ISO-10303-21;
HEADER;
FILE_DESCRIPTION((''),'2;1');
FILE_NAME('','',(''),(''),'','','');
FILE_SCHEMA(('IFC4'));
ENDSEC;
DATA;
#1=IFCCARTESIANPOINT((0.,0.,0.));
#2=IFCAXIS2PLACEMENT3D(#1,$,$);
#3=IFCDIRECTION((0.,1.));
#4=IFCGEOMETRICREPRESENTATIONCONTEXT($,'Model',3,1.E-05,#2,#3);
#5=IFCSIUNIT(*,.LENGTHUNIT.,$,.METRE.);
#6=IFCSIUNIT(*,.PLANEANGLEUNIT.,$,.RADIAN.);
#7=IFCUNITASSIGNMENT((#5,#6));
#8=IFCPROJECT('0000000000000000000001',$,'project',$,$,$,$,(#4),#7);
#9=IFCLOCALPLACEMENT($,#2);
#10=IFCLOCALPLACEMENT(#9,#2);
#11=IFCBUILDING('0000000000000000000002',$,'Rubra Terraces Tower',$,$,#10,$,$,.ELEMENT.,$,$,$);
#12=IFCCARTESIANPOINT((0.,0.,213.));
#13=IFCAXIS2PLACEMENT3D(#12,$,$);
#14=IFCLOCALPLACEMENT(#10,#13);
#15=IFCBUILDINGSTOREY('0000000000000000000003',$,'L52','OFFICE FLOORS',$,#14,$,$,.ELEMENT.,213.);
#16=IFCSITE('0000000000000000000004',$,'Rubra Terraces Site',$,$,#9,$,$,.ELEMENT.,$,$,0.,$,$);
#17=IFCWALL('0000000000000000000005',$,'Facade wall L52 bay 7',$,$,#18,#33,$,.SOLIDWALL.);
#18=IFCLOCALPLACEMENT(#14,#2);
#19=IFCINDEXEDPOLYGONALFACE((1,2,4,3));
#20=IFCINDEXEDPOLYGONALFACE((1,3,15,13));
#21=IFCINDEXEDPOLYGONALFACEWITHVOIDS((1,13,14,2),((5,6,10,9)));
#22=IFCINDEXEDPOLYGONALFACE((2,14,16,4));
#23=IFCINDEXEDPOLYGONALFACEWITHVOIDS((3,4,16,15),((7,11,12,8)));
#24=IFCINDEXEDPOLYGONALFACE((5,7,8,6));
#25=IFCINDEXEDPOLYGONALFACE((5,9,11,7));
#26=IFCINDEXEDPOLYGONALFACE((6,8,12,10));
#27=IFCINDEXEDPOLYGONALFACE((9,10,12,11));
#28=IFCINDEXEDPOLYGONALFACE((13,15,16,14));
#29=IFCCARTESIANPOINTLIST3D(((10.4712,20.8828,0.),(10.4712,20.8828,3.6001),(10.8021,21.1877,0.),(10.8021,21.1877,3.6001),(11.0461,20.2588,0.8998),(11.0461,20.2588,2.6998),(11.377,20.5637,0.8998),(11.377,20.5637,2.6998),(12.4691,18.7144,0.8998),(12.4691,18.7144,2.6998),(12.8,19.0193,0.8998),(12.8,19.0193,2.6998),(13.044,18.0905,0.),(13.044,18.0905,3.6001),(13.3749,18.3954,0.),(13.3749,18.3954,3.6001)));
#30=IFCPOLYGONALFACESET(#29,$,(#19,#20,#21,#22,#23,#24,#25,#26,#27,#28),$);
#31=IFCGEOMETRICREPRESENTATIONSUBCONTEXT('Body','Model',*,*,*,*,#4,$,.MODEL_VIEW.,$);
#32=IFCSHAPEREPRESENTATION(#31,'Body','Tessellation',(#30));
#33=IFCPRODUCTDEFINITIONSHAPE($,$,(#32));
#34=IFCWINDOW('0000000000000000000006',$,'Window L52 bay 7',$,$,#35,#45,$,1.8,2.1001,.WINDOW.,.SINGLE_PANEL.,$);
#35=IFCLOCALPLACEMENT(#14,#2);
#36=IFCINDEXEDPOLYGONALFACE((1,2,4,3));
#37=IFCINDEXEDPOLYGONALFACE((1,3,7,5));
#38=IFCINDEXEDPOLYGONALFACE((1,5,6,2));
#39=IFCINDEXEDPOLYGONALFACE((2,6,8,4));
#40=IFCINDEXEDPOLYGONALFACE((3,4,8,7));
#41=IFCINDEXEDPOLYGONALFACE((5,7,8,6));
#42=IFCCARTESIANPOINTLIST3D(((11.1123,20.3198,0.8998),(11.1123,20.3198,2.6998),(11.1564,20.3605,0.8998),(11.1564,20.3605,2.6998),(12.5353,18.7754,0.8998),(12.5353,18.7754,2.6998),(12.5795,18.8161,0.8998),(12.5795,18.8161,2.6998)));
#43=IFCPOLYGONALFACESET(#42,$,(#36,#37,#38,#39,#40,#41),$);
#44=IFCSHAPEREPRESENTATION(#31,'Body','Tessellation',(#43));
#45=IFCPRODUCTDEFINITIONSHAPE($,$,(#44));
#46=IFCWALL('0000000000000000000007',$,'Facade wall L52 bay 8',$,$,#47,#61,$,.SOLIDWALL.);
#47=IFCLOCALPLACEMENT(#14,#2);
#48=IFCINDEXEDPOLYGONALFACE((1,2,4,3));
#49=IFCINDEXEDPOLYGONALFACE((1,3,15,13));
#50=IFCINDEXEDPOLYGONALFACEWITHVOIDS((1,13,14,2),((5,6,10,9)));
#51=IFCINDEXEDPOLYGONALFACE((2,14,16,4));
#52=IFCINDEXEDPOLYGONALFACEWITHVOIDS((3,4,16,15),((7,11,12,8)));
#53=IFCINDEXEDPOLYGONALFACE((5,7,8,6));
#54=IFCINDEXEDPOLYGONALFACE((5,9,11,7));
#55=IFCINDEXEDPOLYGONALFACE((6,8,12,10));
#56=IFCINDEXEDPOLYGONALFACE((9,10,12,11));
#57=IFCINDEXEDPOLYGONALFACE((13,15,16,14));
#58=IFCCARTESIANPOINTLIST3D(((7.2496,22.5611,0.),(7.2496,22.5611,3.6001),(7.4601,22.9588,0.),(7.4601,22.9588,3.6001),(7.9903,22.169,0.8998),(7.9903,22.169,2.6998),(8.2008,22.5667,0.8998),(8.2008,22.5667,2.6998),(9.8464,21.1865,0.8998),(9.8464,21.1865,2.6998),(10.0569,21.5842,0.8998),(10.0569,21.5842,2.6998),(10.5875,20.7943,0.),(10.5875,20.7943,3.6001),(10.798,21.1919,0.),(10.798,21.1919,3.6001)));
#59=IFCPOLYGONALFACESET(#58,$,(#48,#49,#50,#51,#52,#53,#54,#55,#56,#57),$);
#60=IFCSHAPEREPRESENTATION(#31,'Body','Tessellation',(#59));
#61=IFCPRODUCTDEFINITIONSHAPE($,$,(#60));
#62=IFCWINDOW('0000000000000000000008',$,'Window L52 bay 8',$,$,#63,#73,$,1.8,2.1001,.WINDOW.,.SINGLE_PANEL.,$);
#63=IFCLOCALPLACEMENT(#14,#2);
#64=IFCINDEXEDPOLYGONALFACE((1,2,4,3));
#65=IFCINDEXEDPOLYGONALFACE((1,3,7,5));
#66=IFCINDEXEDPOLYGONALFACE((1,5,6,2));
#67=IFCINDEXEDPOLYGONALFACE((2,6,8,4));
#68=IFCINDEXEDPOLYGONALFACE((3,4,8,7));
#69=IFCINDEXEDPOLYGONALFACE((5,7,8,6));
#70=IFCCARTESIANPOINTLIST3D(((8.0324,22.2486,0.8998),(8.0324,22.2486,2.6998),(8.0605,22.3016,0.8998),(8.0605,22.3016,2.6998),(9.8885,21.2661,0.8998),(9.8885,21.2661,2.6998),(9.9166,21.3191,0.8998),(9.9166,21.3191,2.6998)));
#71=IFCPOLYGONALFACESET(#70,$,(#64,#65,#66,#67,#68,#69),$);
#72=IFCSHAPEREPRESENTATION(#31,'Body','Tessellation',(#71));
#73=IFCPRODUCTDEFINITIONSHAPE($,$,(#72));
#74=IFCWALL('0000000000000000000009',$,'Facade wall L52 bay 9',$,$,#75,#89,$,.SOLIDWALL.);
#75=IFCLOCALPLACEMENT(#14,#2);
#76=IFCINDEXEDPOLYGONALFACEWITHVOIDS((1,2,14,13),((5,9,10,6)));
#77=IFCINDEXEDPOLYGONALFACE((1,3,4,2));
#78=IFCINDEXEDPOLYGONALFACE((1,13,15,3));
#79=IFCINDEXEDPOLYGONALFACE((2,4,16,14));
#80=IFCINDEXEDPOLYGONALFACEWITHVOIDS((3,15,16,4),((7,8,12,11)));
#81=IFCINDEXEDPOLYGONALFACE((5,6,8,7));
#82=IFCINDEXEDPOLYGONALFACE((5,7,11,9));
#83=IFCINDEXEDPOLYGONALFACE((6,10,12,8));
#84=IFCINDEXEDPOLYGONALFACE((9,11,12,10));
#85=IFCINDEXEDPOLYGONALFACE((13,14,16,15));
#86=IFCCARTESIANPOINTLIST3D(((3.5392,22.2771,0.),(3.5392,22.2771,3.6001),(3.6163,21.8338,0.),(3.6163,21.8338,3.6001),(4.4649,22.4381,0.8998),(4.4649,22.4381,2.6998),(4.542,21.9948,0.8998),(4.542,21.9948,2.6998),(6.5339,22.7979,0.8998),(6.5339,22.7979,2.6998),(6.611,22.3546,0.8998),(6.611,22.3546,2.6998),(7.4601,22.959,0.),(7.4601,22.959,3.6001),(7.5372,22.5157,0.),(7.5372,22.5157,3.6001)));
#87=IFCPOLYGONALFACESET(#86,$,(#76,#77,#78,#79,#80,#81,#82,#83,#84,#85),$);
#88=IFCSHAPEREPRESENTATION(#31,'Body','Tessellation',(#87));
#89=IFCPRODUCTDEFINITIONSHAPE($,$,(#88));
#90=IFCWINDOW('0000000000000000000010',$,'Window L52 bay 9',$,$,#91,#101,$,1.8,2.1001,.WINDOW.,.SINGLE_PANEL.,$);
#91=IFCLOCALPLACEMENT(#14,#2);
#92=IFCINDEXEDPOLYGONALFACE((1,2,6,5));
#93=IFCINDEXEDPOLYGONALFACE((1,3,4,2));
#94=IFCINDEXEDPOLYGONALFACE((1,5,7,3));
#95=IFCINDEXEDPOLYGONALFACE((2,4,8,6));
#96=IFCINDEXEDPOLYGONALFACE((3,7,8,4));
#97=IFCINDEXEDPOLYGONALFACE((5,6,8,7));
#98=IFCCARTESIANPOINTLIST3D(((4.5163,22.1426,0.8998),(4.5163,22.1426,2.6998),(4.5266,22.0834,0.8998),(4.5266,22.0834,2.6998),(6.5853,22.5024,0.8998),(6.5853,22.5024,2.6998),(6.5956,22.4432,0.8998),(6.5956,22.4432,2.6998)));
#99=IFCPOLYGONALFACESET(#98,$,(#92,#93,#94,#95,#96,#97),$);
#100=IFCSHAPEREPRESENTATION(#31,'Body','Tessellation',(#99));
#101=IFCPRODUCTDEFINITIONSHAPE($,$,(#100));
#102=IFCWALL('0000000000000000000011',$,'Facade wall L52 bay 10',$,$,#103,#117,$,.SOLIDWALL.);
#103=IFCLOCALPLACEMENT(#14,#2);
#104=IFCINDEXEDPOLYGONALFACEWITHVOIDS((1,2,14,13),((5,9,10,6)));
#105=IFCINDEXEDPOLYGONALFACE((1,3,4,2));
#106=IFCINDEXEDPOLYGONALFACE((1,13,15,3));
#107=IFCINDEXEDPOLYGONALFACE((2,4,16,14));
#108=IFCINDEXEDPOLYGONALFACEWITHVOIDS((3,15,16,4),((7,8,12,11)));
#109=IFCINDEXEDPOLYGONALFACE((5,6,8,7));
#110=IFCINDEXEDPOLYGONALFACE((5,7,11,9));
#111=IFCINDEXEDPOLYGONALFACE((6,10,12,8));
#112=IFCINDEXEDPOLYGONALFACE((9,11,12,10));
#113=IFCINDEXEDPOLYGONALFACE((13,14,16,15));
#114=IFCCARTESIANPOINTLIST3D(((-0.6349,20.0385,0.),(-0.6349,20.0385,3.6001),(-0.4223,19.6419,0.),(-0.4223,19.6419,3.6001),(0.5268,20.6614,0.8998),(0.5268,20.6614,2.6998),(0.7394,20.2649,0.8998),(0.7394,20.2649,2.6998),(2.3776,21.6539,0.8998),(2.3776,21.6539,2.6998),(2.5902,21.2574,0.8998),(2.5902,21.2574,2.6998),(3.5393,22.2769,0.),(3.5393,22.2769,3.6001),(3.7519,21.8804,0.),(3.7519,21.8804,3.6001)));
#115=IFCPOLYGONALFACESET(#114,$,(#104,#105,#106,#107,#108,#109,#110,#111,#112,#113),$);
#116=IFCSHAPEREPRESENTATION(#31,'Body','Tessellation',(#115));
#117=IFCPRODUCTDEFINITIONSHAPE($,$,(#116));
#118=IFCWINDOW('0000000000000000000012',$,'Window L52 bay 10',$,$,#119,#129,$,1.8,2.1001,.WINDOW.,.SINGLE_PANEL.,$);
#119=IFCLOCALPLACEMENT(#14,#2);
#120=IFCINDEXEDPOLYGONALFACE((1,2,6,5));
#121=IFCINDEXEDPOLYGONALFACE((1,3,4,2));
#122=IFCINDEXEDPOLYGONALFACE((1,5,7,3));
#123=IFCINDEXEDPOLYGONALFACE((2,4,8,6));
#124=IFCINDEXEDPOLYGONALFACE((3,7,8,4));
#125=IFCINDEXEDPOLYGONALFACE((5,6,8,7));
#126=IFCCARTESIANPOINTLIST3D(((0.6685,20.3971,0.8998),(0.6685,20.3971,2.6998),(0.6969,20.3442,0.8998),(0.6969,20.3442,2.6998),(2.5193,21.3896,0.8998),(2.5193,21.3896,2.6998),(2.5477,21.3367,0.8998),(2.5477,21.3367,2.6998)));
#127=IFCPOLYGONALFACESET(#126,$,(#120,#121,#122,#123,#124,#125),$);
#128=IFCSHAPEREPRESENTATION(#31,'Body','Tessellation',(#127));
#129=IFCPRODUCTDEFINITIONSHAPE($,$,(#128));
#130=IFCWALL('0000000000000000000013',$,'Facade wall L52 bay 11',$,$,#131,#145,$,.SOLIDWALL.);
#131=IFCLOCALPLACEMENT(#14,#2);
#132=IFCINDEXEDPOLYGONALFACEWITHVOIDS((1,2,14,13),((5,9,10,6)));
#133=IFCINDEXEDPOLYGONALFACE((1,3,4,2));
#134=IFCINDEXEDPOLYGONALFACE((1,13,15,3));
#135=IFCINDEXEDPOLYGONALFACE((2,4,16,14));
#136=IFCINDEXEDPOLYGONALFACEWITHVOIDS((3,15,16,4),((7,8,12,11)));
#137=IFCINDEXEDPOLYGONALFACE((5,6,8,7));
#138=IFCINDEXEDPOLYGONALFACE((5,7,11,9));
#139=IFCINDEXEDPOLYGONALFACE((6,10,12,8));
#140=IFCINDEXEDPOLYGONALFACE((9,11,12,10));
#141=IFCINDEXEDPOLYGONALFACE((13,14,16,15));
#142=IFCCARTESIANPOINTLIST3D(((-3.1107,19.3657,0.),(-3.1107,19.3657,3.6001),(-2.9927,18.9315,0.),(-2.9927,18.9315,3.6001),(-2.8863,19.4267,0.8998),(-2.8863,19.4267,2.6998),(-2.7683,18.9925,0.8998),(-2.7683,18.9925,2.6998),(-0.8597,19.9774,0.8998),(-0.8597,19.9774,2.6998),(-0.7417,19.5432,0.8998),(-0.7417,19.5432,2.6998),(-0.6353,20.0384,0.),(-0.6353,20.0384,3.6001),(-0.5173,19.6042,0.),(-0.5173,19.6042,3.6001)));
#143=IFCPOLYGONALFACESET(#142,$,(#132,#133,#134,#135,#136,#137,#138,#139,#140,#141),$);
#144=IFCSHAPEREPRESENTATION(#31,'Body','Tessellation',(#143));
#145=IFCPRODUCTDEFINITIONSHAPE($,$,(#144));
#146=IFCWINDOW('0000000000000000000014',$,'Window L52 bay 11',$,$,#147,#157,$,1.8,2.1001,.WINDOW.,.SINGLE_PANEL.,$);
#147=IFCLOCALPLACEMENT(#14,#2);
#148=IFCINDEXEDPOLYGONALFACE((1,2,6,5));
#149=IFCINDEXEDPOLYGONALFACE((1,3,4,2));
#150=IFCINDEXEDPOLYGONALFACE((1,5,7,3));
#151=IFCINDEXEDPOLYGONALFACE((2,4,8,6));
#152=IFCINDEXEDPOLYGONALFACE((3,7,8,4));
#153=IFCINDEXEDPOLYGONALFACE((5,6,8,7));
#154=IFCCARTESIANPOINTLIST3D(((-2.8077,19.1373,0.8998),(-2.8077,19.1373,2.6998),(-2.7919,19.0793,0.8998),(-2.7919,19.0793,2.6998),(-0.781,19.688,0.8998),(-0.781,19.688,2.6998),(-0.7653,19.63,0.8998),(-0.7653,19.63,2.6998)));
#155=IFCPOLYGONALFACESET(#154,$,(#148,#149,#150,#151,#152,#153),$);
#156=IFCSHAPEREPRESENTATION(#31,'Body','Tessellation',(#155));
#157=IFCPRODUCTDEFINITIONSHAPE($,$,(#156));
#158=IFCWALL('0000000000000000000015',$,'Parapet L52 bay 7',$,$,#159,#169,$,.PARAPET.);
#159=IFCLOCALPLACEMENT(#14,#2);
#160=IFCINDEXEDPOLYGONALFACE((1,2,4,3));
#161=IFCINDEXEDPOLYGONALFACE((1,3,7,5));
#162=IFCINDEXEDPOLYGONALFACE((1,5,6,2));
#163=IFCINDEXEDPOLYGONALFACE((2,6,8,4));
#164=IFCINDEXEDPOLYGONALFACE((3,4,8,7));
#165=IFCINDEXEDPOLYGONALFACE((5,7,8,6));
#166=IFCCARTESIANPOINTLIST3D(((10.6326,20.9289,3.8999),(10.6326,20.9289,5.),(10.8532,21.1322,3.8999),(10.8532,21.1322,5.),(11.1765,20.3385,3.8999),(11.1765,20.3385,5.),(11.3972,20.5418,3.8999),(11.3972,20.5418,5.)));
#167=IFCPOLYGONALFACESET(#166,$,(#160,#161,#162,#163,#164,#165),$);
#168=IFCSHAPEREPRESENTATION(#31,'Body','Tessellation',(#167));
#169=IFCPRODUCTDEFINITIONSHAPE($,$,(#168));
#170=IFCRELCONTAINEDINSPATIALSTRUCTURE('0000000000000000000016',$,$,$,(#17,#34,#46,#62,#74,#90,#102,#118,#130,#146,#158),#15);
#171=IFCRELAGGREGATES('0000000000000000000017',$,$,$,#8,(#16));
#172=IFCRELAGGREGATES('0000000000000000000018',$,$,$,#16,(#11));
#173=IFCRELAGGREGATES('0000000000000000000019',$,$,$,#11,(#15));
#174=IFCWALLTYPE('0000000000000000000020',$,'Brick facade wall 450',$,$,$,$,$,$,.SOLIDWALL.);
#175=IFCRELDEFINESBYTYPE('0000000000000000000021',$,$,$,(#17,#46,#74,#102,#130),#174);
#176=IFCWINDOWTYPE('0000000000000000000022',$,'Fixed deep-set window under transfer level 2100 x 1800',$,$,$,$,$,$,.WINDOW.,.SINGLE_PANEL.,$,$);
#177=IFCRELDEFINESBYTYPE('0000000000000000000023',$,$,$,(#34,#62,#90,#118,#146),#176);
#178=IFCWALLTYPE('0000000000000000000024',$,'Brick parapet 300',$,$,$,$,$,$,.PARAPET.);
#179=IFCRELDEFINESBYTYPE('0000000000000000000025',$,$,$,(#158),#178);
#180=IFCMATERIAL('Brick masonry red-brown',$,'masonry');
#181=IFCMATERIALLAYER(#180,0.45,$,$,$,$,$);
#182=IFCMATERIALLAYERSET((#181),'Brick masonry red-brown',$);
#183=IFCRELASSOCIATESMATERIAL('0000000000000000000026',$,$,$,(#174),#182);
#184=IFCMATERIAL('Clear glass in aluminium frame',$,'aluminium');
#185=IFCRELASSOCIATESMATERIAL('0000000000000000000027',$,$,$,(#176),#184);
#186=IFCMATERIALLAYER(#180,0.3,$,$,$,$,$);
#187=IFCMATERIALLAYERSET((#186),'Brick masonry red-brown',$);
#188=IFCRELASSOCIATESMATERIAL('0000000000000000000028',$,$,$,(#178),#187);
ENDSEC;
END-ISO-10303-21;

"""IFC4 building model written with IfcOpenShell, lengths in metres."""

from ifc_helpers import new_model, si_unit, direction, frame, frame_2d, origin, place, context, subcontext, project, spatial, rectangle, extrude, material, layer, layer_set, type_object, element, fill, save


model = new_model("IFC4")

# Units and contexts
model_context = context("Model", 3, precision=1e-05, world=origin(), true_north=direction((0.0, 1.0)))
body_context = subcontext(model_context, "Body", "Model", "MODEL_VIEW")
ifc_project = project(units=[si_unit("LENGTHUNIT", "METRE"), si_unit("PLANEANGLEUNIT", "RADIAN")], contexts=[model_context])

# Site, building, storey
site_placement = place(None, origin())
site = spatial("IfcSite", under=ifc_project, at=site_placement, Name="Rubra Terraces Site", CompositionType="ELEMENT", RefElevation=0.0)
building_placement = place(site_placement, origin())
building = spatial("IfcBuilding", under=site, at=building_placement, Name="Rubra Terraces Tower", CompositionType="ELEMENT")
storey_placement = place(building_placement, frame((0.0, 0.0, 213.0)))
storey = spatial("IfcBuildingStorey", under=building, at=storey_placement, Name="L52", Description="OFFICE FLOORS", CompositionType="ELEMENT", Elevation=213.0)

# Walls, openings, windows
ifc_material_1 = material(Name="Brick masonry red-brown", Category="masonry")
ifc_layer_1 = layer(ifc_material_1, 0.45)
ifc_layer_set_1 = layer_set([ifc_layer_1], Name="Brick masonry red-brown")
wall_type_1 = type_object("IfcWallType", Name="Brick facade wall 450", PredefinedType="SOLIDWALL", material=ifc_layer_set_1)
wall_1_placement = place(storey_placement, frame((13.2095, 18.2429, 0.0), z_axis=(0.0, 0.0, 1.0), x_axis=(-0.677612, 0.735419, 0.0)))
wall_1 = element("IfcWall", 1, at=wall_1_placement, inside=storey, type_object=wall_type_1, Name="Facade wall L52 bay 7", PredefinedType="SOLIDWALL", context=body_context, shape_type="SweptSolid", body=[
    extrude(rectangle(XDim=3.7969, YDim=0.45, at=frame_2d((1.8984, 0.0))), origin(), (0.0, 0.0, 1.0), 3.6001),
])
opening_1_placement = place(wall_1_placement, frame((0.8484, 0.0, 0.8999)))
opening_1 = element("IfcOpeningElement", 2, at=opening_1_placement, cuts=wall_1, PredefinedType="OPENING", context=body_context, shape_type="SweptSolid", body=[
    extrude(rectangle(XDim=2.1001, YDim=1.8, at=frame_2d((1.05, 0.8999))), frame((0.0, 0.2349, 0.0), z_axis=(0.0, -1.0, 0.0), x_axis=(1.0, 0.0, 0.0)), (0.0, 0.0, 1.0), 0.47),
])
ifc_material_2 = material(Name="Clear glass in aluminium frame", Category="aluminium")
window_type = type_object("IfcWindowType", Name="Fixed deep-set window under transfer level 2100 x 1800", PartitioningType="SINGLE_PANEL", PredefinedType="WINDOW", material=ifc_material_2)
window_1_placement = place(opening_1_placement, origin())
window_1 = element("IfcWindow", 3, at=window_1_placement, inside=storey, type_object=window_type, Name="Window L52 bay 7", OverallHeight=1.8, OverallWidth=2.1001, PartitioningType="SINGLE_PANEL", PredefinedType="WINDOW", context=body_context, shape_type="SweptSolid", body=[
    extrude(rectangle(XDim=2.1001, YDim=1.8, at=frame_2d((1.05, 0.8999))), frame((0.0, 0.135, 0.0), z_axis=(0.0, -1.0, 0.0), x_axis=(1.0, 0.0, 0.0)), (0.0, 0.0, 1.0), 0.0601),
])
fill(opening_1, window_1)
wall_2_placement = place(storey_placement, frame((10.6926, 20.9932, 0.0), z_axis=(0.0, 0.0, 1.0), x_axis=(-0.883818, 0.467831, 0.0)))
wall_2 = element("IfcWall", 4, at=wall_2_placement, inside=storey, type_object=wall_type_1, Name="Facade wall L52 bay 8", PredefinedType="SOLIDWALL", context=body_context, shape_type="SweptSolid", body=[
    extrude(rectangle(XDim=3.7766, YDim=0.45, at=frame_2d((1.8882, 0.0))), origin(), (0.0, 0.0, 1.0), 3.6001),
])
opening_2_placement = place(wall_2_placement, frame((0.8384, 0.0, 0.8999)))
opening_2 = element("IfcOpeningElement", 5, at=opening_2_placement, cuts=wall_2, PredefinedType="OPENING", context=body_context, shape_type="SweptSolid", body=[
    extrude(rectangle(XDim=2.1001, YDim=1.8, at=frame_2d((1.05, 0.8999))), frame((0.0, 0.2349, 0.0), z_axis=(0.0, -1.0, 0.0), x_axis=(1.0, 0.0, 0.0)), (0.0, 0.0, 1.0), 0.47),
])
window_2_placement = place(opening_2_placement, origin())
window_2 = element("IfcWindow", 6, at=window_2_placement, inside=storey, type_object=window_type, Name="Window L52 bay 8", OverallHeight=1.8, OverallWidth=2.1001, PartitioningType="SINGLE_PANEL", PredefinedType="WINDOW", context=body_context, shape_type="SweptSolid", body=[
    extrude(rectangle(XDim=2.1001, YDim=1.8, at=frame_2d((1.05, 0.8999))), frame((0.0, 0.135, 0.0), z_axis=(0.0, -1.0, 0.0), x_axis=(1.0, 0.0, 0.0)), (0.0, 0.0, 1.0), 0.0601),
])
fill(opening_2, window_2)
wall_3_placement = place(storey_placement, frame((7.4985, 22.7373, 0.0), z_axis=(0.0, 0.0, 1.0), x_axis=(-0.985212, -0.171339, 0.0)))
wall_3 = element("IfcWall", 7, at=wall_3_placement, inside=storey, type_object=wall_type_1, Name="Facade wall L52 bay 9", PredefinedType="SOLIDWALL", context=body_context, shape_type="SweptSolid", body=[
    extrude(rectangle(XDim=3.9797, YDim=0.45, at=frame_2d((1.9897, 0.0))), origin(), (0.0, 0.0, 1.0), 3.6001),
])
opening_3_placement = place(wall_3_placement, frame((0.9399, 0.0, 0.8999)))
opening_3 = element("IfcOpeningElement", 8, at=opening_3_placement, cuts=wall_3, PredefinedType="OPENING", context=body_context, shape_type="SweptSolid", body=[
    extrude(rectangle(XDim=2.1001, YDim=1.8, at=frame_2d((1.05, 0.8999))), frame((0.0, 0.2349, 0.0), z_axis=(0.0, -1.0, 0.0), x_axis=(1.0, 0.0, 0.0)), (0.0, 0.0, 1.0), 0.47),
])
window_3_placement = place(opening_3_placement, origin())
window_3 = element("IfcWindow", 9, at=window_3_placement, inside=storey, type_object=window_type, Name="Window L52 bay 9", OverallHeight=1.8, OverallWidth=2.1001, PartitioningType="SINGLE_PANEL", PredefinedType="WINDOW", context=body_context, shape_type="SweptSolid", body=[
    extrude(rectangle(XDim=2.1001, YDim=1.8, at=frame_2d((1.05, 0.8999))), frame((0.0, 0.135, 0.0), z_axis=(0.0, -1.0, 0.0), x_axis=(1.0, 0.0, 0.0)), (0.0, 0.0, 1.0), 0.0601),
])
fill(opening_3, window_3)
wall_4_placement = place(storey_placement, frame((3.6455, 22.0786, 0.0), z_axis=(0.0, 0.0, 1.0), x_axis=(-0.881279, -0.472596, 0.0)))
wall_4 = element("IfcWall", 10, at=wall_4_placement, inside=storey, type_object=wall_type_1, Name="Facade wall L52 bay 10", PredefinedType="SOLIDWALL", context=body_context, shape_type="SweptSolid", body=[
    extrude(rectangle(XDim=4.7366, YDim=0.45, at=frame_2d((2.3682, 0.0))), origin(), (0.0, 0.0, 1.0), 3.6001),
])
opening_4_placement = place(wall_4_placement, frame((1.3181, 0.0, 0.8999)))
opening_4 = element("IfcOpeningElement", 11, at=opening_4_placement, cuts=wall_4, PredefinedType="OPENING", context=body_context, shape_type="SweptSolid", body=[
    extrude(rectangle(XDim=2.1001, YDim=1.8, at=frame_2d((1.05, 0.8999))), frame((0.0, 0.2349, 0.0), z_axis=(0.0, -1.0, 0.0), x_axis=(1.0, 0.0, 0.0)), (0.0, 0.0, 1.0), 0.47),
])
window_4_placement = place(opening_4_placement, origin())
window_4 = element("IfcWindow", 12, at=window_4_placement, inside=storey, type_object=window_type, Name="Window L52 bay 10", OverallHeight=1.8, OverallWidth=2.1001, PartitioningType="SINGLE_PANEL", PredefinedType="WINDOW", context=body_context, shape_type="SweptSolid", body=[
    extrude(rectangle(XDim=2.1001, YDim=1.8, at=frame_2d((1.05, 0.8999))), frame((0.0, 0.135, 0.0), z_axis=(0.0, -1.0, 0.0), x_axis=(1.0, 0.0, 0.0)), (0.0, 0.0, 1.0), 0.0601),
])
fill(opening_4, window_4)
wall_5_placement = place(storey_placement, frame((-0.5762, 19.8213, 0.0), z_axis=(0.0, 0.0, 1.0), x_axis=(-0.965009, -0.262215, 0.0)))
wall_5 = element("IfcWall", 13, at=wall_5_placement, inside=storey, type_object=wall_type_1, Name="Facade wall L52 bay 11", PredefinedType="SOLIDWALL", context=body_context, shape_type="SweptSolid", body=[
    extrude(rectangle(XDim=2.5652, YDim=0.45, at=frame_2d((1.2827, 0.0))), origin(), (0.0, 0.0, 1.0), 3.6001),
])
opening_5_placement = place(wall_5_placement, frame((0.2327, 0.0, 0.8999)))
opening_5 = element("IfcOpeningElement", 14, at=opening_5_placement, cuts=wall_5, PredefinedType="OPENING", context=body_context, shape_type="SweptSolid", body=[
    extrude(rectangle(XDim=2.1001, YDim=1.8, at=frame_2d((1.05, 0.8999))), frame((0.0, 0.2349, 0.0), z_axis=(0.0, -1.0, 0.0), x_axis=(1.0, 0.0, 0.0)), (0.0, 0.0, 1.0), 0.47),
])
window_5_placement = place(opening_5_placement, origin())
window_5 = element("IfcWindow", 15, at=window_5_placement, inside=storey, type_object=window_type, Name="Window L52 bay 11", OverallHeight=1.8, OverallWidth=2.1001, PartitioningType="SINGLE_PANEL", PredefinedType="WINDOW", context=body_context, shape_type="SweptSolid", body=[
    extrude(rectangle(XDim=2.1001, YDim=1.8, at=frame_2d((1.05, 0.8999))), frame((0.0, 0.135, 0.0), z_axis=(0.0, -1.0, 0.0), x_axis=(1.0, 0.0, 0.0)), (0.0, 0.0, 1.0), 0.0601),
])
fill(opening_5, window_5)

# Wall
ifc_layer_2 = layer(ifc_material_1, 0.3)
ifc_layer_set_2 = layer_set([ifc_layer_2], Name="Brick masonry red-brown")
wall_type_2 = type_object("IfcWallType", Name="Brick parapet 300", PredefinedType="PARAPET", material=ifc_layer_set_2)
wall_6_placement = place(storey_placement, frame((11.2869, 20.4402, 3.8999), z_axis=(0.0, 0.0, 1.0), x_axis=(-0.677623, 0.735409, 0.0)))
element("IfcWall", 16, at=wall_6_placement, inside=storey, type_object=wall_type_2, Name="Parapet L52 bay 7", PredefinedType="PARAPET", context=body_context, shape_type="SweptSolid", body=[
    extrude(rectangle(XDim=0.8027, YDim=0.3, at=frame_2d((0.4014, 0.0))), origin(), (0.0, 0.0, 1.0), 1.1001),
])

save(model, "model.ifc")
